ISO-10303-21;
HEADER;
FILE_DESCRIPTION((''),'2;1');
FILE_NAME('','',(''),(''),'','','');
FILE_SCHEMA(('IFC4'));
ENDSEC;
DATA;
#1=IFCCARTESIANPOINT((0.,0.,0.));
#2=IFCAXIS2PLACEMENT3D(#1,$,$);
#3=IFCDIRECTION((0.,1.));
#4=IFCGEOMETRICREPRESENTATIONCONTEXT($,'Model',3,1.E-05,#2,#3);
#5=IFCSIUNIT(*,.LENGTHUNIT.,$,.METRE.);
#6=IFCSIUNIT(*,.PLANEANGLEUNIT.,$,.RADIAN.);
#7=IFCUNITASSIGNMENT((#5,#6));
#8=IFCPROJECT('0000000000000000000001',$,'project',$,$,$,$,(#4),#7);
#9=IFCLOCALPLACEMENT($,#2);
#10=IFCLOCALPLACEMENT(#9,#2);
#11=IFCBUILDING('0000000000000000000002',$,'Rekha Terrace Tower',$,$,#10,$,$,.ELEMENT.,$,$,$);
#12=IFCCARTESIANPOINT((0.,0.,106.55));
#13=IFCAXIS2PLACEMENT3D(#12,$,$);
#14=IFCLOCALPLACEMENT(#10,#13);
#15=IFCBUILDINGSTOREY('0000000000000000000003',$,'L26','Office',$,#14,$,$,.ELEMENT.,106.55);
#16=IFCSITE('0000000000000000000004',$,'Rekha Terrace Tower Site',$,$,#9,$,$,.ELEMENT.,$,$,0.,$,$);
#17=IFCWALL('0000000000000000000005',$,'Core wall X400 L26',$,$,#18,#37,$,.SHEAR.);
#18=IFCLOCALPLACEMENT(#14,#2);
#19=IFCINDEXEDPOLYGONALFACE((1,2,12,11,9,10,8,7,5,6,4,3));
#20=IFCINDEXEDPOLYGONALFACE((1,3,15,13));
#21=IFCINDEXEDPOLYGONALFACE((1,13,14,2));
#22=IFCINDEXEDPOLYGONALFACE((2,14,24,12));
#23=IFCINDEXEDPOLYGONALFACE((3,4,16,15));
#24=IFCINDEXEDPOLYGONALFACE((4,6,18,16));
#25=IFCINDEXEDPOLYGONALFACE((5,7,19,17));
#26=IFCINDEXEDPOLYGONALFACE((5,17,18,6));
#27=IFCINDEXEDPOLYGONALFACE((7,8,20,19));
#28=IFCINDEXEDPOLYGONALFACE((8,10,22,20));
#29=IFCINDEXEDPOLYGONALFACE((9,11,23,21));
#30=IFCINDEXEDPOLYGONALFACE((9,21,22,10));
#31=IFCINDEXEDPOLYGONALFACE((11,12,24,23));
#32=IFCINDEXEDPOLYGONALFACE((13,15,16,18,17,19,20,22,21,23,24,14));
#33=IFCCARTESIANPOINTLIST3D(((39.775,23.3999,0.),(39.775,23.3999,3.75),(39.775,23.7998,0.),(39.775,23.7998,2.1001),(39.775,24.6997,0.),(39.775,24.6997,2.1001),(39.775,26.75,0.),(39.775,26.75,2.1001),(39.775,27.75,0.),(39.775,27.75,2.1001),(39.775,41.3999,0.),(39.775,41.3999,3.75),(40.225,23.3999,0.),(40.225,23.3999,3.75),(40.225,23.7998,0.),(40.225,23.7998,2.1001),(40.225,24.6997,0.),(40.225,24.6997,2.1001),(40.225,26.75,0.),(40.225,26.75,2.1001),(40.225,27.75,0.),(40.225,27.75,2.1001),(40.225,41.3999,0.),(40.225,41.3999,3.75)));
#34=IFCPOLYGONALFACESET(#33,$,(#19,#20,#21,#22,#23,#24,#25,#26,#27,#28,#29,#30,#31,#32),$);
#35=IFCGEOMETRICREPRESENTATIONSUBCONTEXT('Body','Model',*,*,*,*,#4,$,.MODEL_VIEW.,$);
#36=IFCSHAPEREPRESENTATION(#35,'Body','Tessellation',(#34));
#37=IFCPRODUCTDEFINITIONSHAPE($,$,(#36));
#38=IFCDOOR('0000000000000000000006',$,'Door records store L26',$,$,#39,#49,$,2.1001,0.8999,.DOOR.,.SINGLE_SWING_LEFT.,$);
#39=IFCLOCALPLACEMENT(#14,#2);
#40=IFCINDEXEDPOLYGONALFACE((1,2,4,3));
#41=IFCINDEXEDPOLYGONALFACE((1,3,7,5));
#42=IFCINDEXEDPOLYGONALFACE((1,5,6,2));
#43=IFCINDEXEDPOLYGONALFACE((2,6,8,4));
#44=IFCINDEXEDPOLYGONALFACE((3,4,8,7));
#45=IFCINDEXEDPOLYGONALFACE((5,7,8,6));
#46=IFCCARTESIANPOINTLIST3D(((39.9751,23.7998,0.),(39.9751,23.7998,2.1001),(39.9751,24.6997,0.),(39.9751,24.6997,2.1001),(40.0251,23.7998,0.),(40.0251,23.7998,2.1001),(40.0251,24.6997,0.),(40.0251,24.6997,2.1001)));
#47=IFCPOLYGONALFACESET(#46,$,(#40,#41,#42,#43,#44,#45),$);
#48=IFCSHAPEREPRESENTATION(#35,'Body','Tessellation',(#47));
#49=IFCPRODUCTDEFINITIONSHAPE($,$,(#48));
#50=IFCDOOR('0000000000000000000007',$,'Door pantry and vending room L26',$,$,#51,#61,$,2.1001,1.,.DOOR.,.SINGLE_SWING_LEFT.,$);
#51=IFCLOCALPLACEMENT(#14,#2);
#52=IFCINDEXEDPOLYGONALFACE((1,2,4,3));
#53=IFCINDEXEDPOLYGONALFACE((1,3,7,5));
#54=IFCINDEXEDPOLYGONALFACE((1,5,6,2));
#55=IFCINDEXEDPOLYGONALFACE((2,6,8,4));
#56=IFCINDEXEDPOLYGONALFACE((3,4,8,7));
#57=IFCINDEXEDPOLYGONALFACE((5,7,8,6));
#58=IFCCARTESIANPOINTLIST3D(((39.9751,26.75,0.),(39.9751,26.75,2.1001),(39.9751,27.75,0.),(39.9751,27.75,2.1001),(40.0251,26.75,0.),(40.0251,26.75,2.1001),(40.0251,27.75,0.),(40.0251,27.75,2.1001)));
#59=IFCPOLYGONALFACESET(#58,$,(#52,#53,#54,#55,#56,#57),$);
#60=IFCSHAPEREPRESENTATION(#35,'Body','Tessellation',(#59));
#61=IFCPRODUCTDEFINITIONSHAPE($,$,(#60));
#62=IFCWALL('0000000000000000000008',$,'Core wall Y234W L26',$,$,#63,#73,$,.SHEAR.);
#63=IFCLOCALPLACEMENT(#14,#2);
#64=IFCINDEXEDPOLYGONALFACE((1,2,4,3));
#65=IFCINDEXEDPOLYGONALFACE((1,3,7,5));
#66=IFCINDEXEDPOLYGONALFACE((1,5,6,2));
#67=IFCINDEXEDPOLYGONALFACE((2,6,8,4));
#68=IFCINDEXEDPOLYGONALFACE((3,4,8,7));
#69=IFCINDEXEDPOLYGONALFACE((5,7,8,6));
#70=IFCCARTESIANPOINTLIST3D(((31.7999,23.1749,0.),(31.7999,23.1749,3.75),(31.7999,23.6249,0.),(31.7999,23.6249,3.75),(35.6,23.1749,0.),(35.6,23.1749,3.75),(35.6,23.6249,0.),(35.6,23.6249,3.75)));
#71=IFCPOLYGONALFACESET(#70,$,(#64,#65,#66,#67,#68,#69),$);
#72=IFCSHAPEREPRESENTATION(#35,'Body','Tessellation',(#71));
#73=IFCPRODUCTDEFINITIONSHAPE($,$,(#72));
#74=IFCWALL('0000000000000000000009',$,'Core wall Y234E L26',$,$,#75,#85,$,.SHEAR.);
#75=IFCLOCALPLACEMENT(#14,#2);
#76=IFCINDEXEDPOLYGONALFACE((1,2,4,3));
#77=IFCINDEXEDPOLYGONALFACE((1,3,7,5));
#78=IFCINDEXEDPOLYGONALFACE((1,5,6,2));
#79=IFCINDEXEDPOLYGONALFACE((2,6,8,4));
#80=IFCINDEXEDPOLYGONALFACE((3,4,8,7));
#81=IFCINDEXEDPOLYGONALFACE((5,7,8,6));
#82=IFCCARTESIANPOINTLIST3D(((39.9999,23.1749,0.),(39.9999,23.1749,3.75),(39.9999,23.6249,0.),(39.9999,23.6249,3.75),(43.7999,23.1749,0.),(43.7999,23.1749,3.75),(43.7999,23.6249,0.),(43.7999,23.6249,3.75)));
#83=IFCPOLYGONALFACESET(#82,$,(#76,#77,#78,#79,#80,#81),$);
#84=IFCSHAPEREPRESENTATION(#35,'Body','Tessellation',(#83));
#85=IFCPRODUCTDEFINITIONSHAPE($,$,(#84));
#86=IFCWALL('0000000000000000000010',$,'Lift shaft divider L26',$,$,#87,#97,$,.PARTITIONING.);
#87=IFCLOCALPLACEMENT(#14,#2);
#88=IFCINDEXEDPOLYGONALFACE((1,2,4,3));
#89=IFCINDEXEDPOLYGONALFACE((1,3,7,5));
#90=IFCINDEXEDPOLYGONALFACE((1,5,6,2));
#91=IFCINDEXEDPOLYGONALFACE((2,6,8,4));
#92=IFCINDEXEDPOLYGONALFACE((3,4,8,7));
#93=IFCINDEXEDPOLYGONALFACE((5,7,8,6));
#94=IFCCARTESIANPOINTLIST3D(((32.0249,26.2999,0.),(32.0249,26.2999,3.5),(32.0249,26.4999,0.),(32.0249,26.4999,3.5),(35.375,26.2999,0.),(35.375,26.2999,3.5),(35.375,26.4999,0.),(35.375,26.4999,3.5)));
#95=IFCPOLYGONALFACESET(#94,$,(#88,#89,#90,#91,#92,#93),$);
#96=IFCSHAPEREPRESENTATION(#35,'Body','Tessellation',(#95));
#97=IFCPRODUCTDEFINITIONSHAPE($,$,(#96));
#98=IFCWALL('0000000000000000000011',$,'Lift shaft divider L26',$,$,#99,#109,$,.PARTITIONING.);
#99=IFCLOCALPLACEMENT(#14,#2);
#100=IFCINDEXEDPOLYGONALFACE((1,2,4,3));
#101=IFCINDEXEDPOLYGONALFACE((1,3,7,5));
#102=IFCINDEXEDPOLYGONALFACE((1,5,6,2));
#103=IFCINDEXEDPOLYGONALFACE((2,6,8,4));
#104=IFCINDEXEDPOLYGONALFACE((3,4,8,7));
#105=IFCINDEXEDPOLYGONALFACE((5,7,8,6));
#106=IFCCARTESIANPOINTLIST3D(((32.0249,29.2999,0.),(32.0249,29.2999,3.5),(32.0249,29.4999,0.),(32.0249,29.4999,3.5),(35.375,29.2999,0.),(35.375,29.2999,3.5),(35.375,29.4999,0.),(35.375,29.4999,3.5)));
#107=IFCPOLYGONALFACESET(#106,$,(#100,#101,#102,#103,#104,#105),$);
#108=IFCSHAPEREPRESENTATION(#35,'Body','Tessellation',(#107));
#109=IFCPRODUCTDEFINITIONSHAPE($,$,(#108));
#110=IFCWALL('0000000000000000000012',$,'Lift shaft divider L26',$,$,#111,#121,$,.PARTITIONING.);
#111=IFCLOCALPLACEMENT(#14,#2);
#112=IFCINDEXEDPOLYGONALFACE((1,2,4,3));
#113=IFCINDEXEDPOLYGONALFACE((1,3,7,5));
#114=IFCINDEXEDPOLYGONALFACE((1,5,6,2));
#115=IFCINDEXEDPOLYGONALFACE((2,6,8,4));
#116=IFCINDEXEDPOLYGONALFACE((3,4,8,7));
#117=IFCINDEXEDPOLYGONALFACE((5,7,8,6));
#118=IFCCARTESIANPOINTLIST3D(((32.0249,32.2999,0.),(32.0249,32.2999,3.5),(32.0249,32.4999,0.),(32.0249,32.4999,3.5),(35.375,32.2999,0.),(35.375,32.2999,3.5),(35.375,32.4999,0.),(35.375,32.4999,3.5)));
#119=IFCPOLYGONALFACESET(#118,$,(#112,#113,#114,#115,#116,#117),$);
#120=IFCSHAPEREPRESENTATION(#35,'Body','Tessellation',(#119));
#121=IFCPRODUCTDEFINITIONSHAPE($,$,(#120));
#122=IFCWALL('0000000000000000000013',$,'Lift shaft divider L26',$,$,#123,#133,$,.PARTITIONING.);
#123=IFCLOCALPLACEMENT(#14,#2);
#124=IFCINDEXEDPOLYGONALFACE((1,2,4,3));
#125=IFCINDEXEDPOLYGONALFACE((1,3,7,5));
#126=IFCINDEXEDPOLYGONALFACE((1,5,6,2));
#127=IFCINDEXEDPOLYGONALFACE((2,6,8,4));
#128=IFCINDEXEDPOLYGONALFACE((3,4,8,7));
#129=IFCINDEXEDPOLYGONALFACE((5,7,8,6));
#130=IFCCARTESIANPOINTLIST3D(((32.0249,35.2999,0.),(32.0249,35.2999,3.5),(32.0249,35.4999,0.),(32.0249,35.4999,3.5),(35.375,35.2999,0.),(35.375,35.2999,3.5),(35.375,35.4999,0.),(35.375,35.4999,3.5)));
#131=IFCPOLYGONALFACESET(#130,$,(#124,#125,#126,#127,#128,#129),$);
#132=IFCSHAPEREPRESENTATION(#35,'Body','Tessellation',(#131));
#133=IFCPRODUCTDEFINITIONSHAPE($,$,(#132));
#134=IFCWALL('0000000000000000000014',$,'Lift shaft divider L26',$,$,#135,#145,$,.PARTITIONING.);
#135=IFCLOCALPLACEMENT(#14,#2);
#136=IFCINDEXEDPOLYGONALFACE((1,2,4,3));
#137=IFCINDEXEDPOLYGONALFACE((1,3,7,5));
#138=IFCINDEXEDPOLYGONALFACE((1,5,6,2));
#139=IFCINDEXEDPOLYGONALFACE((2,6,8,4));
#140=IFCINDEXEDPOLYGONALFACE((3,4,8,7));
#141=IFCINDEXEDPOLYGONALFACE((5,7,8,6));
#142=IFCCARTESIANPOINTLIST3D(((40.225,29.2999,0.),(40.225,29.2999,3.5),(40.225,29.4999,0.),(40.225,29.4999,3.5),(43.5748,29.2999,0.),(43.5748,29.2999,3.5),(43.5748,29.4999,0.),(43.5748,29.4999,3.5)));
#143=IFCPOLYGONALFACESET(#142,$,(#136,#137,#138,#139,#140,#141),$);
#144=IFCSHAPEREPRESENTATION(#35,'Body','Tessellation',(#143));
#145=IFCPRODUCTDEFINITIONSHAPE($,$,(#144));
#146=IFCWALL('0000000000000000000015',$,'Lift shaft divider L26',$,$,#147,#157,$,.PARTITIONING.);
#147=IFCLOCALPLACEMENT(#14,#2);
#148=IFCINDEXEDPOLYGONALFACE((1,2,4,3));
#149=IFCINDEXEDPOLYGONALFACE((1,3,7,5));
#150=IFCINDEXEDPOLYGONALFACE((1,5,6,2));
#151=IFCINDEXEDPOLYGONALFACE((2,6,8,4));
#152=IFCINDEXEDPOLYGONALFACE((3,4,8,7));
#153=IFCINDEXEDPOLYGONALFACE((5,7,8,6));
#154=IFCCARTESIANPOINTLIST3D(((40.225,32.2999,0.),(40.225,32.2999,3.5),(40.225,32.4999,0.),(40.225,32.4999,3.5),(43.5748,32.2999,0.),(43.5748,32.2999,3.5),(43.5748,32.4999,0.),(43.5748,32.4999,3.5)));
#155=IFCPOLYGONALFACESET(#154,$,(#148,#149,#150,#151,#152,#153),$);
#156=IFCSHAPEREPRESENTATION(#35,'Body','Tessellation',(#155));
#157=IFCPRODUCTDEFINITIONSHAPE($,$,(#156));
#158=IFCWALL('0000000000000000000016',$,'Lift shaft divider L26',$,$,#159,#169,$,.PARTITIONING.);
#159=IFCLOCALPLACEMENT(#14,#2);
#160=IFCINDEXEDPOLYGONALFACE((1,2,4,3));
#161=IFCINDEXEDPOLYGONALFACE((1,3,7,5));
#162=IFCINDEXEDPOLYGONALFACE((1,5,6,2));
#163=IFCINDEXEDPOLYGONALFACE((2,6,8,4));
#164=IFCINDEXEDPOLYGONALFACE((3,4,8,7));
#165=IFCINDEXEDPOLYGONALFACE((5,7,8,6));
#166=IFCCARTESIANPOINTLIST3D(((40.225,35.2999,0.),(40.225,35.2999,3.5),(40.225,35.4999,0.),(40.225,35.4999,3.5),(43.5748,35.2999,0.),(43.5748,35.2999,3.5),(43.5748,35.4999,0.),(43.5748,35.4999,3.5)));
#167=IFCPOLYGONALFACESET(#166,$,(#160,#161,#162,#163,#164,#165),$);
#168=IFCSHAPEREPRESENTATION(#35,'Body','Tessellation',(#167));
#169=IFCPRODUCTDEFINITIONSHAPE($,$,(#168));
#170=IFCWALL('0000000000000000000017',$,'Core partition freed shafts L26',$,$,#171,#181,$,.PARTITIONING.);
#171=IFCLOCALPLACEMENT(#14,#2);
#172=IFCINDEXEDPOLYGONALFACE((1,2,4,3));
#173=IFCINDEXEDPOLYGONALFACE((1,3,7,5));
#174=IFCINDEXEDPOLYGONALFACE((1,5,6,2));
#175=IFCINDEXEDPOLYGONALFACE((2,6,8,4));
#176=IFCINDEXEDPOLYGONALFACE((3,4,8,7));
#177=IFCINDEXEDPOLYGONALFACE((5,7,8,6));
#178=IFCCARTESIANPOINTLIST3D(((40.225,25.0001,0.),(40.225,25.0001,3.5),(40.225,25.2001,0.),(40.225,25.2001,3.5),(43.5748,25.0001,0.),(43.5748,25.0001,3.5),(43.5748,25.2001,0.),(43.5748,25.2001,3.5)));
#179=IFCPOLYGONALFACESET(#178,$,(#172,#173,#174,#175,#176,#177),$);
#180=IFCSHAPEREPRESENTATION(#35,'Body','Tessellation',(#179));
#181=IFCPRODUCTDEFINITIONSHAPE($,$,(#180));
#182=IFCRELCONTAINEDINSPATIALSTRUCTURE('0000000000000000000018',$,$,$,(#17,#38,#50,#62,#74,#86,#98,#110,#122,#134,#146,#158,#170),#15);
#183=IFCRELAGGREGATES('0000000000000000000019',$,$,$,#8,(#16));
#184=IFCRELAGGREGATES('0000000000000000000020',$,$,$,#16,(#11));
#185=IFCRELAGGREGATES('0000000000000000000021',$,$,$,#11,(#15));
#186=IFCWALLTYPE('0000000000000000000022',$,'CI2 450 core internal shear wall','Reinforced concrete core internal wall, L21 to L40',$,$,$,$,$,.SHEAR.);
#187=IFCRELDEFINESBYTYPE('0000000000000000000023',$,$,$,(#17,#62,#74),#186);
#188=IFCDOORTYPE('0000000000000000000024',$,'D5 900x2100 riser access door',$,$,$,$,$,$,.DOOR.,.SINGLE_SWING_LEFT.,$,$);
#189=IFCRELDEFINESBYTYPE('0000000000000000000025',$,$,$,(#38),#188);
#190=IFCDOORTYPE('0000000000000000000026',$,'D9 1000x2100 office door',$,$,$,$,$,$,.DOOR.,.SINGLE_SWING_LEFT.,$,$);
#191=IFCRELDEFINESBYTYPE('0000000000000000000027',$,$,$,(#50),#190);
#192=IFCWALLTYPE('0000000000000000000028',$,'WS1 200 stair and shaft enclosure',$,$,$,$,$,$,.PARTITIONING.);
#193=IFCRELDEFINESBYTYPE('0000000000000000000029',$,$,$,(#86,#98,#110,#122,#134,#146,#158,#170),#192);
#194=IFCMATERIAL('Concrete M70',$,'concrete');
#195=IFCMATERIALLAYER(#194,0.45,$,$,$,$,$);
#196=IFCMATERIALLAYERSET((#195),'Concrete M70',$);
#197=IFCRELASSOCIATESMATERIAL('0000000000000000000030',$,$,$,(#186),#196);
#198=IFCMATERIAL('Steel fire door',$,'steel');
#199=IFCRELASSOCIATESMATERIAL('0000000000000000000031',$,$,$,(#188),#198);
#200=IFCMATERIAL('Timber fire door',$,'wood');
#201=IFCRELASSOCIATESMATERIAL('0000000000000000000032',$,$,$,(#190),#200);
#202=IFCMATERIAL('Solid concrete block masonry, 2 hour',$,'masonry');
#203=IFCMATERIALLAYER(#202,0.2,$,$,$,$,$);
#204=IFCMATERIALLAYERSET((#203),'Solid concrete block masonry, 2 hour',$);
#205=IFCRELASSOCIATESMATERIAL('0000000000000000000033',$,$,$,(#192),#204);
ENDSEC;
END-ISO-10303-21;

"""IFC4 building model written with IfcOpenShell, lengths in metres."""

from ifc_helpers import new_model, si_unit, direction, frame, frame_2d, origin, place, context, subcontext, project, spatial, rectangle, extrude, material, layer, layer_set, type_object, element, fill, save


model = new_model("IFC4")

# Units and contexts
model_context = context("Model", 3, precision=1e-05, world=origin(), true_north=direction((0.0, 1.0)))
body_context = subcontext(model_context, "Body", "Model", "MODEL_VIEW")
ifc_project = project(units=[si_unit("LENGTHUNIT", "METRE"), si_unit("PLANEANGLEUNIT", "RADIAN")], contexts=[model_context])

# Site, building, storey
site_placement = place(None, origin())
site = spatial("IfcSite", under=ifc_project, at=site_placement, Name="Rekha Terrace Tower Site", CompositionType="ELEMENT", RefElevation=0.0)
building_placement = place(site_placement, origin())
building = spatial("IfcBuilding", under=site, at=building_placement, Name="Rekha Terrace Tower", CompositionType="ELEMENT")
storey_placement = place(building_placement, frame((0.0, 0.0, 106.55)))
storey = spatial("IfcBuildingStorey", under=building, at=storey_placement, Name="L26", Description="Office", CompositionType="ELEMENT", Elevation=106.55)

# Wall, openings, doors
ifc_material_1 = material(Name="Concrete M70", Category="concrete")
ifc_layer_1 = layer(ifc_material_1, 0.45)
ifc_layer_set_1 = layer_set([ifc_layer_1], Name="Concrete M70")
wall_type_1 = type_object("IfcWallType", Name="CI2 450 core internal shear wall", Description="Reinforced concrete core internal wall, L21 to L40", PredefinedType="SHEAR", material=ifc_layer_set_1)
wall_1_placement = place(storey_placement, frame((40.0, 23.3999, 0.0), z_axis=(0.0, 0.0, 1.0), x_axis=(0.0, 1.0, 0.0)))
wall_1 = element("IfcWall", 1, at=wall_1_placement, inside=storey, type_object=wall_type_1, Name="Core wall X400 L26", PredefinedType="SHEAR", context=body_context, shape_type="SweptSolid", body=[
    extrude(rectangle(XDim=18.0, YDim=0.45, at=frame_2d((9.0, 0.0))), origin(), (0.0, 0.0, 1.0), 3.75),
])
opening_1_placement = place(wall_1_placement, frame((0.3999, 0.0, 0.0)))
opening_1 = element("IfcOpeningElement", 2, at=opening_1_placement, cuts=wall_1, PredefinedType="OPENING", context=body_context, shape_type="SweptSolid", body=[
    extrude(rectangle(XDim=0.8999, YDim=2.1001, at=frame_2d((0.45, 1.05))), frame((0.0, 0.2349, 0.0), z_axis=(0.0, -1.0, 0.0), x_axis=(1.0, 0.0, 0.0)), (0.0, 0.0, 1.0), 0.47),
])
opening_2_placement = place(wall_1_placement, frame((3.3501, 0.0, 0.0)))
opening_2 = element("IfcOpeningElement", 3, at=opening_2_placement, cuts=wall_1, PredefinedType="OPENING", context=body_context, shape_type="SweptSolid", body=[
    extrude(rectangle(XDim=1.0, YDim=2.1001, at=frame_2d((0.5, 1.05))), frame((0.0, 0.2349, 0.0), z_axis=(0.0, -1.0, 0.0), x_axis=(1.0, 0.0, 0.0)), (0.0, 0.0, 1.0), 0.47),
])
ifc_material_2 = material(Name="Steel fire door", Category="steel")
door_type_1 = type_object("IfcDoorType", Name="D5 900x2100 riser access door", OperationType="SINGLE_SWING_LEFT", PredefinedType="DOOR", material=ifc_material_2)
door_1_placement = place(opening_1_placement, origin())
door_1 = element("IfcDoor", 4, at=door_1_placement, inside=storey, type_object=door_type_1, Name="Door records store L26", OperationType="SINGLE_SWING_LEFT", OverallHeight=2.1001, OverallWidth=0.8999, PredefinedType="DOOR", context=body_context, shape_type="SweptSolid", body=[
    extrude(rectangle(XDim=0.8999, YDim=2.1001, at=frame_2d((0.45, 1.05))), frame((0.0, 0.0249, 0.0), z_axis=(0.0, -1.0, 0.0), x_axis=(1.0, 0.0, 0.0)), (0.0, 0.0, 1.0), 0.05),
])
fill(opening_1, door_1)
ifc_material_3 = material(Name="Timber fire door", Category="wood")
door_type_2 = type_object("IfcDoorType", Name="D9 1000x2100 office door", OperationType="SINGLE_SWING_LEFT", PredefinedType="DOOR", material=ifc_material_3)
door_2_placement = place(opening_2_placement, origin())
door_2 = element("IfcDoor", 5, at=door_2_placement, inside=storey, type_object=door_type_2, Name="Door pantry and vending room L26", OperationType="SINGLE_SWING_LEFT", OverallHeight=2.1001, OverallWidth=1.0, PredefinedType="DOOR", context=body_context, shape_type="SweptSolid", body=[
    extrude(rectangle(XDim=1.0, YDim=2.1001, at=frame_2d((0.5, 1.05))), frame((0.0, 0.0249, 0.0), z_axis=(0.0, -1.0, 0.0), x_axis=(1.0, 0.0, 0.0)), (0.0, 0.0, 1.0), 0.05),
])
fill(opening_2, door_2)

# Walls
for number, where, z_axis, x_axis, name in (
    (6, (31.8, 23.3999, 0.0), (0.0, 0.0, 1.0), (1.0, 0.0, 0.0), "Core wall Y234W L26"),
    (7, (40.0, 23.3999, 0.0), (0.0, 0.0, 1.0), (1.0, 0.0, 0.0), "Core wall Y234E L26"),
):
    element("IfcWall", number, at=place(storey_placement, frame(where, z_axis=z_axis, x_axis=x_axis)), inside=storey, type_object=wall_type_1, Name=name, PredefinedType="SHEAR", context=body_context, shape_type="SweptSolid", body=[
        extrude(rectangle(XDim=3.8, YDim=0.45, at=frame_2d((1.8999, 0.0))), origin(), (0.0, 0.0, 1.0), 3.75),
    ])
ifc_material_4 = material(Name="Solid concrete block masonry, 2 hour", Category="masonry")
ifc_layer_2 = layer(ifc_material_4, 0.2)
ifc_layer_set_2 = layer_set([ifc_layer_2], Name="Solid concrete block masonry, 2 hour")
wall_type_2 = type_object("IfcWallType", Name="WS1 200 stair and shaft enclosure", PredefinedType="PARTITIONING", material=ifc_layer_set_2)
for number, where, z_axis, x_axis, name in (
    (8, (32.0249, 26.3999, 0.0), (0.0, 0.0, 1.0), (1.0, 0.0, 0.0), "Lift shaft divider L26"),
    (9, (32.0249, 29.3999, 0.0), (0.0, 0.0, 1.0), (1.0, 0.0, 0.0), "Lift shaft divider L26"),
    (10, (32.0249, 32.3999, 0.0), (0.0, 0.0, 1.0), (1.0, 0.0, 0.0), "Lift shaft divider L26"),
    (11, (32.0249, 35.3999, 0.0), (0.0, 0.0, 1.0), (1.0, 0.0, 0.0), "Lift shaft divider L26"),
):
    element("IfcWall", number, at=place(storey_placement, frame(where, z_axis=z_axis, x_axis=x_axis)), inside=storey, type_object=wall_type_2, Name=name, PredefinedType="PARTITIONING", context=body_context, shape_type="SweptSolid", body=[
        extrude(rectangle(XDim=3.3501, YDim=0.2, at=frame_2d((1.675, 0.0))), origin(), (0.0, 0.0, 1.0), 3.5),
    ])
for number, where, z_axis, x_axis, name in (
    (12, (40.2251, 29.3999, 0.0), (0.0, 0.0, 1.0), (1.0, 0.0, 0.0), "Lift shaft divider L26"),
    (13, (40.2251, 32.3999, 0.0), (0.0, 0.0, 1.0), (1.0, 0.0, 0.0), "Lift shaft divider L26"),
    (14, (40.2251, 35.3999, 0.0), (0.0, 0.0, 1.0), (1.0, 0.0, 0.0), "Lift shaft divider L26"),
    (15, (40.2251, 25.1001, 0.0), (0.0, 0.0, 1.0), (1.0, 0.0, 0.0), "Core partition freed shafts L26"),
):
    element("IfcWall", number, at=place(storey_placement, frame(where, z_axis=z_axis, x_axis=x_axis)), inside=storey, type_object=wall_type_2, Name=name, PredefinedType="PARTITIONING", context=body_context, shape_type="SweptSolid", body=[
        extrude(rectangle(XDim=3.3499, YDim=0.2, at=frame_2d((1.6748, 0.0))), origin(), (0.0, 0.0, 1.0), 3.5),
    ])

save(model, "model.ifc")
